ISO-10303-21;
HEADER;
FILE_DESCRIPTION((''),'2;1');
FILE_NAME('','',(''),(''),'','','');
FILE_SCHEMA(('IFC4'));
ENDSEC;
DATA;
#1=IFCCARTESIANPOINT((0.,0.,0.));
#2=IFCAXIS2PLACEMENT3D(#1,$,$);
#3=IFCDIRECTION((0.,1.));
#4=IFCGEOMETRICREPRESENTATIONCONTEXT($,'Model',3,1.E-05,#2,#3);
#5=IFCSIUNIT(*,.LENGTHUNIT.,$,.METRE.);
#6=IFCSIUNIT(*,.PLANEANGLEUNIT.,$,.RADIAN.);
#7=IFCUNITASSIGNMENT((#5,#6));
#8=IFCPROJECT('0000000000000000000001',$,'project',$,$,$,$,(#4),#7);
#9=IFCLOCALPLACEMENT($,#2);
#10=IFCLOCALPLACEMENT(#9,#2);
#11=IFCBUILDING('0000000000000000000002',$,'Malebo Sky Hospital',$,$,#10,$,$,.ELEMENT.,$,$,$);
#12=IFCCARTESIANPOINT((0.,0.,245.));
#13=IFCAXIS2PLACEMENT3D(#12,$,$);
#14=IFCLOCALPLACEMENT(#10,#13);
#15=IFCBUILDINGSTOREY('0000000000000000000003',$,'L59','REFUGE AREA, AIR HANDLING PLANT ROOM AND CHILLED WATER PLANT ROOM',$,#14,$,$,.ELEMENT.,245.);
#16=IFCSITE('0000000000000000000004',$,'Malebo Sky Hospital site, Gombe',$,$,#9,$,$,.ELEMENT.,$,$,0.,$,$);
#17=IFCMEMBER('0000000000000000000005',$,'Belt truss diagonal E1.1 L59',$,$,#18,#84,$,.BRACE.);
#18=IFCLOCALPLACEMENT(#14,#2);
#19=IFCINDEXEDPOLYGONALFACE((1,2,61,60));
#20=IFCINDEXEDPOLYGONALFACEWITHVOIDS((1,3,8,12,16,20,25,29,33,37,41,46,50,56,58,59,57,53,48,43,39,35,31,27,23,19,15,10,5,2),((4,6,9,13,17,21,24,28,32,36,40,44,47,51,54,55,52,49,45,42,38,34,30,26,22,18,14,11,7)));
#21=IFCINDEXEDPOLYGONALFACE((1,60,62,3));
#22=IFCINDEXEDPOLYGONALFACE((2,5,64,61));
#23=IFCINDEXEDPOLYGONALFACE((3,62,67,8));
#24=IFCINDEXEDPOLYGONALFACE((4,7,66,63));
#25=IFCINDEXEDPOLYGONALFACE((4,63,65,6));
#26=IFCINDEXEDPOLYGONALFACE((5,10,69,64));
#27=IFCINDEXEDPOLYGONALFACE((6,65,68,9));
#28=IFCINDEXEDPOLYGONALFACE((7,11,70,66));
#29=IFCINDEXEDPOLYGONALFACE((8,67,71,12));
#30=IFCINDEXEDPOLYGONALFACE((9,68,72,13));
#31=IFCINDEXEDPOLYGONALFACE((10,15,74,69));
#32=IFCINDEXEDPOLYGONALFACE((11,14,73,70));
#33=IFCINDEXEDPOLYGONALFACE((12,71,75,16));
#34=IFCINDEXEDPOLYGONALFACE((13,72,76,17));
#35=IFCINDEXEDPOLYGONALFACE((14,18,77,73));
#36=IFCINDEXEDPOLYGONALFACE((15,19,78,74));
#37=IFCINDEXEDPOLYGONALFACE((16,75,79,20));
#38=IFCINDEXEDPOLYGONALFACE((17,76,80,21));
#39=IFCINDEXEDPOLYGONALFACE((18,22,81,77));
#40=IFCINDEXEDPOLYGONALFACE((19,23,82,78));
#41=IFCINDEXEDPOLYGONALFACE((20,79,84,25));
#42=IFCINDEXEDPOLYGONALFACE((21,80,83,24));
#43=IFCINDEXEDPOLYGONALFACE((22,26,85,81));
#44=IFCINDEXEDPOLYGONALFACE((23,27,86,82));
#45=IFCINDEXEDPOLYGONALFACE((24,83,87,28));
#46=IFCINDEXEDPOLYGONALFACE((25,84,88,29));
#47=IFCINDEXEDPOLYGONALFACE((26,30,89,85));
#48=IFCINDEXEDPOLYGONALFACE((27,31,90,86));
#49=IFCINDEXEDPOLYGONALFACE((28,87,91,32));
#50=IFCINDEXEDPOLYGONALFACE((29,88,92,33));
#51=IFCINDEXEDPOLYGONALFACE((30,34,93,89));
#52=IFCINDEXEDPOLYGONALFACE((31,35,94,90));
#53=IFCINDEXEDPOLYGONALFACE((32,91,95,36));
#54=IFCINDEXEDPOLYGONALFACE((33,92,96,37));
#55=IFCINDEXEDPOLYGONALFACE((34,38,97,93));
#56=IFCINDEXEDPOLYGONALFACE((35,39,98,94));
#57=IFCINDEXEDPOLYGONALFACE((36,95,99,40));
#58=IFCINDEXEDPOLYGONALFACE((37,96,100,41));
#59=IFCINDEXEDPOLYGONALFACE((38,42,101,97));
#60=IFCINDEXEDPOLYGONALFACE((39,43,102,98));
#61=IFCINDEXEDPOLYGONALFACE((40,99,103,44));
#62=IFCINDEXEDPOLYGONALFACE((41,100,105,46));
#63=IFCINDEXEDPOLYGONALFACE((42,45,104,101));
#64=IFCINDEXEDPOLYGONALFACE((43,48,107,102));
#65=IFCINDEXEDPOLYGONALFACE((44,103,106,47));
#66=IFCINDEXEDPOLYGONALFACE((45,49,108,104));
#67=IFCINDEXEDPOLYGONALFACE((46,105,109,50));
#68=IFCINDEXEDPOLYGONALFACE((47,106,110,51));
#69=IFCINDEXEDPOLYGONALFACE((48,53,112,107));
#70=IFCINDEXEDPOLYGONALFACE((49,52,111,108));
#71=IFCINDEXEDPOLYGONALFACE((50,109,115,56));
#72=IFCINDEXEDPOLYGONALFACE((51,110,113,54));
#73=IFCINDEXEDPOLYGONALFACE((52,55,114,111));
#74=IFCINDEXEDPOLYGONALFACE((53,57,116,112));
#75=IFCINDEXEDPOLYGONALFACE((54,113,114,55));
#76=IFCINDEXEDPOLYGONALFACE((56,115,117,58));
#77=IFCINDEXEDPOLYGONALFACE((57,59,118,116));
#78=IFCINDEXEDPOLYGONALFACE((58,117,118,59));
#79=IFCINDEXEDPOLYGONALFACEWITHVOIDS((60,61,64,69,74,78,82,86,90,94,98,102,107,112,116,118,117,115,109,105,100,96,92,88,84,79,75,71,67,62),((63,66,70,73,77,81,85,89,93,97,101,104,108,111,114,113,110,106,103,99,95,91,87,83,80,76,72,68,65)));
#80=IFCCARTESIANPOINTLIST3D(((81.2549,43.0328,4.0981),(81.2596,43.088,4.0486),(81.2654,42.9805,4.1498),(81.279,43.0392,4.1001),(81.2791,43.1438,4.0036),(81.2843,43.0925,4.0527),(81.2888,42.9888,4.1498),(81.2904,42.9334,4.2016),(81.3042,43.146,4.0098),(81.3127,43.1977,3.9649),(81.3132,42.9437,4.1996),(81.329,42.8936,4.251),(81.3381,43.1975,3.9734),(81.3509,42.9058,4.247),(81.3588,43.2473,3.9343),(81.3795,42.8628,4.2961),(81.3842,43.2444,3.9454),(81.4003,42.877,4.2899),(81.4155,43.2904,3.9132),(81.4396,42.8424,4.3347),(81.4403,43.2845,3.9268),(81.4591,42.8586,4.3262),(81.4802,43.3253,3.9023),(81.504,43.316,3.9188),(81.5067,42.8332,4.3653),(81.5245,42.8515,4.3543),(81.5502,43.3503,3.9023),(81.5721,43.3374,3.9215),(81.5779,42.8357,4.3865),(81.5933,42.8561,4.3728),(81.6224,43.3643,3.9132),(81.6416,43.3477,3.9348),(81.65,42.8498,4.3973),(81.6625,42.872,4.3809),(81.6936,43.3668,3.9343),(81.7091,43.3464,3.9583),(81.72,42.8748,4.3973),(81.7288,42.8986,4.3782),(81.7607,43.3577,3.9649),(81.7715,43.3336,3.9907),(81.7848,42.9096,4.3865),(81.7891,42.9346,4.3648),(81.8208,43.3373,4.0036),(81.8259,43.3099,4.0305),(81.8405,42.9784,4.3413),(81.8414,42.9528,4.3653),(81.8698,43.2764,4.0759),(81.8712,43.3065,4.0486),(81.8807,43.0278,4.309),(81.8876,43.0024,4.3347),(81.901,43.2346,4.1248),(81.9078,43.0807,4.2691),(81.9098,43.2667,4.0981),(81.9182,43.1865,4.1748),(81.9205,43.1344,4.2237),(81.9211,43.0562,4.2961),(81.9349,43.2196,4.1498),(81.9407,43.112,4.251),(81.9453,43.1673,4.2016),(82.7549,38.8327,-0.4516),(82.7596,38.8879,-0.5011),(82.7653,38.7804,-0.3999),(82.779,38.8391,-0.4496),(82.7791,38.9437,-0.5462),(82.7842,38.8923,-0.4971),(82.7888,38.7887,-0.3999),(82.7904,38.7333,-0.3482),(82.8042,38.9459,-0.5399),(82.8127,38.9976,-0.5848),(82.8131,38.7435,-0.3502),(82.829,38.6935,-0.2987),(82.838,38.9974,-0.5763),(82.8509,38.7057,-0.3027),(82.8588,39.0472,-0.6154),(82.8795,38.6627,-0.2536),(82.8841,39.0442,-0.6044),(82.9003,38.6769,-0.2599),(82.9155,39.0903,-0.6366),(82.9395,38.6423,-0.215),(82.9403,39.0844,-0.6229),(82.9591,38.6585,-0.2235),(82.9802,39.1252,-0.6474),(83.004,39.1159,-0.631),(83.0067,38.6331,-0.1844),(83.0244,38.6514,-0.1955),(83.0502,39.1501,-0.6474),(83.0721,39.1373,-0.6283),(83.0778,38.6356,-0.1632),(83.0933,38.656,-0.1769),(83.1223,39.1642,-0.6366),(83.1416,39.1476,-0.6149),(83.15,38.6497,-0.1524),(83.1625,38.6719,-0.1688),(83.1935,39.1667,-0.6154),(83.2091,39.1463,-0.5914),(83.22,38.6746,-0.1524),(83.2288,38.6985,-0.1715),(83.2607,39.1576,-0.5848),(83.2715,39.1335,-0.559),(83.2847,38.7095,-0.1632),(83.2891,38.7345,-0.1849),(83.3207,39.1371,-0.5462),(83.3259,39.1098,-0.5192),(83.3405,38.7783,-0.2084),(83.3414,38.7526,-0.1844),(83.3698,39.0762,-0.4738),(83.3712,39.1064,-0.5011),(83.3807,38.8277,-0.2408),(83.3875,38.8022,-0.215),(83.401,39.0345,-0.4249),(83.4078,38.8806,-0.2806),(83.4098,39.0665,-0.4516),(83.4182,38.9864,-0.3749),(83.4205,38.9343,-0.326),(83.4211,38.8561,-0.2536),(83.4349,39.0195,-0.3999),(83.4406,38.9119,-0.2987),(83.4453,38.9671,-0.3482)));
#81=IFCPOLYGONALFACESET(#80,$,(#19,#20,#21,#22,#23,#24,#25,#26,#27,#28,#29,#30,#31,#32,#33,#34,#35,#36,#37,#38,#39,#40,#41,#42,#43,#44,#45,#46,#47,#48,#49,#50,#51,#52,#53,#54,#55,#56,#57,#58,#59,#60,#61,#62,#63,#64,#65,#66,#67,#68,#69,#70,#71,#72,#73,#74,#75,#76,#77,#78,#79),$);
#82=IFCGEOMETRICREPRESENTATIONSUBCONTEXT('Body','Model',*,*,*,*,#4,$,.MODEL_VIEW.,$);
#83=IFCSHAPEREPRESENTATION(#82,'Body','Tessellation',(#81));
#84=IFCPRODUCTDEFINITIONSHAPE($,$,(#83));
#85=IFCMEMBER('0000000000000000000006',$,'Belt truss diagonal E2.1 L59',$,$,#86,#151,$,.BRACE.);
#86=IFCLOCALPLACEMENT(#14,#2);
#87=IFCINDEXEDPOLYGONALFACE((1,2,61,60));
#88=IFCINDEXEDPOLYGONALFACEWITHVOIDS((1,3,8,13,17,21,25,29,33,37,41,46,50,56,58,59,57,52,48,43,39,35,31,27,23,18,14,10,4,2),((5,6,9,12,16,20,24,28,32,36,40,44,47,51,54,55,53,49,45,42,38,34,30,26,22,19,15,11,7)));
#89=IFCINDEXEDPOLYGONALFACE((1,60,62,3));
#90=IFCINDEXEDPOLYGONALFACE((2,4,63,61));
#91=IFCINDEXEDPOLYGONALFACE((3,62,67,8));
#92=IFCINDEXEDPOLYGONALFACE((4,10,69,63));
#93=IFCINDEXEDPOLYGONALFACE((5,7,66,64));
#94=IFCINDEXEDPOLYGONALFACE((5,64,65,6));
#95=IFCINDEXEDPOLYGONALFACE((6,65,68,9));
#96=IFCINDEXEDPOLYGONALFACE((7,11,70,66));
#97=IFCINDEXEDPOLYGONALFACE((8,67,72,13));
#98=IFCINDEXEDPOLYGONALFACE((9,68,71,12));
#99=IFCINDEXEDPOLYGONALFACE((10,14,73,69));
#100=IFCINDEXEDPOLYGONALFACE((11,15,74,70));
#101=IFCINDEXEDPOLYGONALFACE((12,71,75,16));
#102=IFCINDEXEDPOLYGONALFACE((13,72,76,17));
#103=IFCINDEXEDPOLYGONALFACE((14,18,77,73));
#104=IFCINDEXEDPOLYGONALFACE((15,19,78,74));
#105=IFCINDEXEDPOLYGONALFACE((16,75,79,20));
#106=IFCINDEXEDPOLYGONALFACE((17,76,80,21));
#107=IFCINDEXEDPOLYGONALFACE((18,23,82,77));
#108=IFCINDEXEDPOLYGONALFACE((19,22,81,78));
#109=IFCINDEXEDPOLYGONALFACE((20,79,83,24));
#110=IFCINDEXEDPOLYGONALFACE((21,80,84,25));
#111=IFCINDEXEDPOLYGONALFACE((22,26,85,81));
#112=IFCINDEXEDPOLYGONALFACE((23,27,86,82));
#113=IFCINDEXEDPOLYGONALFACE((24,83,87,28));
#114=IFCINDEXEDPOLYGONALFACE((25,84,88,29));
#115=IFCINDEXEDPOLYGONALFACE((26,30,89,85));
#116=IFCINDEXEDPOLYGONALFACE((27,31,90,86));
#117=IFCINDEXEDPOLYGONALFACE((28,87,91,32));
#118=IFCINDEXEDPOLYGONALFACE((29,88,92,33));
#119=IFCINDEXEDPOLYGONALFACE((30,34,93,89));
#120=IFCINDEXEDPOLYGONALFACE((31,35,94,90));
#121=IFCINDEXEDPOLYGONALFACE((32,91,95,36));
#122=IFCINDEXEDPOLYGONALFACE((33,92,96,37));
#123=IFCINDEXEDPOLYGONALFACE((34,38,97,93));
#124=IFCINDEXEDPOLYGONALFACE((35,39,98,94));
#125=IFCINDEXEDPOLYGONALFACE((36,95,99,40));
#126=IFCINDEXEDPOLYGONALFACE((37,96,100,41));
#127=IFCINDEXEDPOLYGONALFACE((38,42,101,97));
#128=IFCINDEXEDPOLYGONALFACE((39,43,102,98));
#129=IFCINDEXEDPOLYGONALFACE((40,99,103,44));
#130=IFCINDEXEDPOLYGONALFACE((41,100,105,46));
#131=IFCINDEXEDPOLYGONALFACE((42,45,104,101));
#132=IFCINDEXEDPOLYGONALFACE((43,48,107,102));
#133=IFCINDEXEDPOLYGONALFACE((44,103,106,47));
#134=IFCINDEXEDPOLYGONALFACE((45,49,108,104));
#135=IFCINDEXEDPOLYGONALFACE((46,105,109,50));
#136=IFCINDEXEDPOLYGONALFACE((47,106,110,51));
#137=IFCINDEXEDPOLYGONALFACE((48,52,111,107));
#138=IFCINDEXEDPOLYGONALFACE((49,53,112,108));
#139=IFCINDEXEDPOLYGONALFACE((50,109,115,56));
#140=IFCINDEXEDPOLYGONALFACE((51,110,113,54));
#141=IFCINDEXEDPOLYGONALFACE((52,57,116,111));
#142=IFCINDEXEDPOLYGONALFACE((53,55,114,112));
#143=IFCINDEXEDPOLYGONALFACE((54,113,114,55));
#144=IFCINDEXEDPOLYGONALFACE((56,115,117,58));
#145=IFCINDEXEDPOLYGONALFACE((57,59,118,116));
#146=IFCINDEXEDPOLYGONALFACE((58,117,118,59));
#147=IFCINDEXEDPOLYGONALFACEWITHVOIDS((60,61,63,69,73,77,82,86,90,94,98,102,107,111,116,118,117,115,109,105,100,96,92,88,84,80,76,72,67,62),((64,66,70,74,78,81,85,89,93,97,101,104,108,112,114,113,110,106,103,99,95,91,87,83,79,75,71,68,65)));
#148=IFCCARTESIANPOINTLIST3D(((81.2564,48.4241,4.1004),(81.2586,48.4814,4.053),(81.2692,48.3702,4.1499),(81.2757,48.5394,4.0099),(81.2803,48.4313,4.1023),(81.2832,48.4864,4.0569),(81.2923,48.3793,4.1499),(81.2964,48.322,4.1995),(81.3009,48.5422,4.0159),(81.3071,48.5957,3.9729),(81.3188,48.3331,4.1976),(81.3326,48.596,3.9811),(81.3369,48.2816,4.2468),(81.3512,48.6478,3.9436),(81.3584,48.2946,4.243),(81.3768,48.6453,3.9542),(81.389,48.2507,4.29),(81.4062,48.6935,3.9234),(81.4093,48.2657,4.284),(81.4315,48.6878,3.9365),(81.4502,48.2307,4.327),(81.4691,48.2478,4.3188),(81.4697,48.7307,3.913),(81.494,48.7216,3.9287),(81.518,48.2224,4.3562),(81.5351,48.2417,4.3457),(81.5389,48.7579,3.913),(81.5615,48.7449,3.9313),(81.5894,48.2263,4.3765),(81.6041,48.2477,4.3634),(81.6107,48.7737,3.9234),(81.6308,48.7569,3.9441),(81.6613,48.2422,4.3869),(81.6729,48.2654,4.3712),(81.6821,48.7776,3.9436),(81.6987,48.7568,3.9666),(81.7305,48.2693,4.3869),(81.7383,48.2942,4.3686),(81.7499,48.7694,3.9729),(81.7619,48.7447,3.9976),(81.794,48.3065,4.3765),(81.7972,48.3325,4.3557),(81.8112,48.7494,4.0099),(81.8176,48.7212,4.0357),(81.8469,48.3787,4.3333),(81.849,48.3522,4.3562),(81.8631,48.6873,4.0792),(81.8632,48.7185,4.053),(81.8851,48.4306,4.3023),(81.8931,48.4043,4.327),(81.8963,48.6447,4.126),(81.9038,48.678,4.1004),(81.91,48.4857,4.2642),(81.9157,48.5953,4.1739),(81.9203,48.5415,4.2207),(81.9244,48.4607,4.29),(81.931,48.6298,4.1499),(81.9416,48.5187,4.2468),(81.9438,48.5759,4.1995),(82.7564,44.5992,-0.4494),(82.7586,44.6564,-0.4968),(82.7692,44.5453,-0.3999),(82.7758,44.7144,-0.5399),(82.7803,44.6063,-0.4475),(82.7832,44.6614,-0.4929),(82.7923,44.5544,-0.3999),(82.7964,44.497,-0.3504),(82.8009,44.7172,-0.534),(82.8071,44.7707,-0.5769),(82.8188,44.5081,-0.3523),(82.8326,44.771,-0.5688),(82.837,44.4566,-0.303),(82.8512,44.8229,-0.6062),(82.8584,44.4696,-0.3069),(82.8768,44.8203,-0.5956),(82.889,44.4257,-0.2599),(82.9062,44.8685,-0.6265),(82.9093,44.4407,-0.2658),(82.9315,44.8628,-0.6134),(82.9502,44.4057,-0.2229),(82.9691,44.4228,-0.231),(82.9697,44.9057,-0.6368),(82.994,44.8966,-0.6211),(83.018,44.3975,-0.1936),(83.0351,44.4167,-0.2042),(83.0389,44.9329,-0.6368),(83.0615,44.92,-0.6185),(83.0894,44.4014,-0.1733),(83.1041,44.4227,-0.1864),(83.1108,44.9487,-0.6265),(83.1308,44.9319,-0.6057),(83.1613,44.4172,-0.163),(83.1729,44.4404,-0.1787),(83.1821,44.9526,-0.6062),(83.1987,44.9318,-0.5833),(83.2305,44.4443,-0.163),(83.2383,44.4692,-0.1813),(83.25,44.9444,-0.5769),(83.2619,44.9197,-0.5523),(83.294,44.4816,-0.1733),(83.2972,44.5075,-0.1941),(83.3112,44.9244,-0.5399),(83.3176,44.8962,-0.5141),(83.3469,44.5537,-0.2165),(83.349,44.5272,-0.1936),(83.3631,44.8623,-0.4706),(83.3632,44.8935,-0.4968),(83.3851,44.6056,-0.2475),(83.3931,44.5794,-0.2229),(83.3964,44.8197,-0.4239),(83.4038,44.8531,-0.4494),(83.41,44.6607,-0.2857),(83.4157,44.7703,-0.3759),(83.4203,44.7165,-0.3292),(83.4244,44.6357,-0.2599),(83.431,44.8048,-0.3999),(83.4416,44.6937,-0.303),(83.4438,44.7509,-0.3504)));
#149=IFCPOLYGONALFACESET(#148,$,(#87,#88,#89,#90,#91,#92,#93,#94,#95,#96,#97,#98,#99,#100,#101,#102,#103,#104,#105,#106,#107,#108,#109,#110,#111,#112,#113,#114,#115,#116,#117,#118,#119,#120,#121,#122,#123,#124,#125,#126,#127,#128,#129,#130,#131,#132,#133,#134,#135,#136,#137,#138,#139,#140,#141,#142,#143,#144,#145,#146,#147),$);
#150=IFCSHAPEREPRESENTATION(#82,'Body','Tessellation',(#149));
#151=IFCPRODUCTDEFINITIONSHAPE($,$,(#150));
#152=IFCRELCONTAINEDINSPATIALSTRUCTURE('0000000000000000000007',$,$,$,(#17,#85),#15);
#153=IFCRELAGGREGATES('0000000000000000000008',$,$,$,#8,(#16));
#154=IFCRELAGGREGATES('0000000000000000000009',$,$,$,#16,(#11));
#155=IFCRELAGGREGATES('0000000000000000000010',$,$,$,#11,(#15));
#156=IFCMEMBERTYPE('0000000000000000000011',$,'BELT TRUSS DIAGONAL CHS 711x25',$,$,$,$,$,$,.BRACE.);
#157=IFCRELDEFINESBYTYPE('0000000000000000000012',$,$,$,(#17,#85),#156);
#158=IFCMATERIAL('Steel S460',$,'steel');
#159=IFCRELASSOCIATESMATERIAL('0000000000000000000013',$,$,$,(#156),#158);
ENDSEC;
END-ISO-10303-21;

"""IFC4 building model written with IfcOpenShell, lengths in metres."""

from ifc_helpers import new_model, si_unit, direction, frame, origin, origin_2d, place, context, subcontext, project, spatial, hollow_circle, extrude, material, material_profile, profile_set, type_object, element, save


model = new_model("IFC4")

# Units and contexts
model_context = context("Model", 3, precision=1e-05, world=origin(), true_north=direction((0.0, 1.0)))
body_context = subcontext(model_context, "Body", "Model", "MODEL_VIEW")
ifc_project = project(units=[si_unit("LENGTHUNIT", "METRE"), si_unit("PLANEANGLEUNIT", "RADIAN")], contexts=[model_context])

# Site, building, storey
site_placement = place(None, origin())
site = spatial("IfcSite", under=ifc_project, at=site_placement, Name="Malebo Sky Hospital site, Gombe", CompositionType="ELEMENT", RefElevation=0.0)
building_placement = place(site_placement, origin())
building = spatial("IfcBuilding", under=site, at=building_placement, Name="Malebo Sky Hospital", CompositionType="ELEMENT")
storey_placement = place(building_placement, frame((0.0, 0.0, 245.0)))
storey = spatial("IfcBuildingStorey", under=building, at=storey_placement, Name="L59", Description="REFUGE AREA, AIR HANDLING PLANT ROOM AND CHILLED WATER PLANT ROOM", CompositionType="ELEMENT", Elevation=245.0)

# Members
ifc_material_1 = material(Name="Steel S460", Category="steel")
ifc_material_profile_1 = material_profile(ifc_material_1, hollow_circle(Radius=0.3555, WallThickness=0.0249, at=origin_2d()), Name="CHS 711x25")
ifc_profile_set_1 = profile_set([ifc_material_profile_1], Name="Steel S460")
member_type_1 = type_object("IfcMemberType", Name="BELT TRUSS DIAGONAL CHS 711x25", PredefinedType="BRACE", material=ifc_profile_set_1)
member_1_placement = place(storey_placement, frame((83.1001, 38.8999, -0.3999), z_axis=(-0.235434, 0.659246, 0.714119), x_axis=(-0.941747, -0.336323, 0.0)))
element("IfcMember", 1, at=member_1_placement, inside=storey, type_object=member_type_1, Name="Belt truss diagonal E1.1 L59", PredefinedType="BRACE", context=body_context, shape_type="SweptSolid", body=[
    extrude(hollow_circle(Radius=0.3555, WallThickness=0.0249, at=origin_2d()), origin(), (0.0, 0.0, 1.0), 6.3711),
])
member_2_placement = place(storey_placement, frame((83.1001, 44.675, -0.3999), z_axis=(-0.244685, 0.623939, 0.742179), x_axis=(-0.930972, -0.365092, 0.0)))
element("IfcMember", 2, at=member_2_placement, inside=storey, type_object=member_type_1, Name="Belt truss diagonal E2.1 L59", PredefinedType="BRACE", context=body_context, shape_type="SweptSolid", body=[
    extrude(hollow_circle(Radius=0.3555, WallThickness=0.0249, at=origin_2d()), origin(), (0.0, 0.0, 1.0), 6.1304),
])

save(model, "model.ifc")
